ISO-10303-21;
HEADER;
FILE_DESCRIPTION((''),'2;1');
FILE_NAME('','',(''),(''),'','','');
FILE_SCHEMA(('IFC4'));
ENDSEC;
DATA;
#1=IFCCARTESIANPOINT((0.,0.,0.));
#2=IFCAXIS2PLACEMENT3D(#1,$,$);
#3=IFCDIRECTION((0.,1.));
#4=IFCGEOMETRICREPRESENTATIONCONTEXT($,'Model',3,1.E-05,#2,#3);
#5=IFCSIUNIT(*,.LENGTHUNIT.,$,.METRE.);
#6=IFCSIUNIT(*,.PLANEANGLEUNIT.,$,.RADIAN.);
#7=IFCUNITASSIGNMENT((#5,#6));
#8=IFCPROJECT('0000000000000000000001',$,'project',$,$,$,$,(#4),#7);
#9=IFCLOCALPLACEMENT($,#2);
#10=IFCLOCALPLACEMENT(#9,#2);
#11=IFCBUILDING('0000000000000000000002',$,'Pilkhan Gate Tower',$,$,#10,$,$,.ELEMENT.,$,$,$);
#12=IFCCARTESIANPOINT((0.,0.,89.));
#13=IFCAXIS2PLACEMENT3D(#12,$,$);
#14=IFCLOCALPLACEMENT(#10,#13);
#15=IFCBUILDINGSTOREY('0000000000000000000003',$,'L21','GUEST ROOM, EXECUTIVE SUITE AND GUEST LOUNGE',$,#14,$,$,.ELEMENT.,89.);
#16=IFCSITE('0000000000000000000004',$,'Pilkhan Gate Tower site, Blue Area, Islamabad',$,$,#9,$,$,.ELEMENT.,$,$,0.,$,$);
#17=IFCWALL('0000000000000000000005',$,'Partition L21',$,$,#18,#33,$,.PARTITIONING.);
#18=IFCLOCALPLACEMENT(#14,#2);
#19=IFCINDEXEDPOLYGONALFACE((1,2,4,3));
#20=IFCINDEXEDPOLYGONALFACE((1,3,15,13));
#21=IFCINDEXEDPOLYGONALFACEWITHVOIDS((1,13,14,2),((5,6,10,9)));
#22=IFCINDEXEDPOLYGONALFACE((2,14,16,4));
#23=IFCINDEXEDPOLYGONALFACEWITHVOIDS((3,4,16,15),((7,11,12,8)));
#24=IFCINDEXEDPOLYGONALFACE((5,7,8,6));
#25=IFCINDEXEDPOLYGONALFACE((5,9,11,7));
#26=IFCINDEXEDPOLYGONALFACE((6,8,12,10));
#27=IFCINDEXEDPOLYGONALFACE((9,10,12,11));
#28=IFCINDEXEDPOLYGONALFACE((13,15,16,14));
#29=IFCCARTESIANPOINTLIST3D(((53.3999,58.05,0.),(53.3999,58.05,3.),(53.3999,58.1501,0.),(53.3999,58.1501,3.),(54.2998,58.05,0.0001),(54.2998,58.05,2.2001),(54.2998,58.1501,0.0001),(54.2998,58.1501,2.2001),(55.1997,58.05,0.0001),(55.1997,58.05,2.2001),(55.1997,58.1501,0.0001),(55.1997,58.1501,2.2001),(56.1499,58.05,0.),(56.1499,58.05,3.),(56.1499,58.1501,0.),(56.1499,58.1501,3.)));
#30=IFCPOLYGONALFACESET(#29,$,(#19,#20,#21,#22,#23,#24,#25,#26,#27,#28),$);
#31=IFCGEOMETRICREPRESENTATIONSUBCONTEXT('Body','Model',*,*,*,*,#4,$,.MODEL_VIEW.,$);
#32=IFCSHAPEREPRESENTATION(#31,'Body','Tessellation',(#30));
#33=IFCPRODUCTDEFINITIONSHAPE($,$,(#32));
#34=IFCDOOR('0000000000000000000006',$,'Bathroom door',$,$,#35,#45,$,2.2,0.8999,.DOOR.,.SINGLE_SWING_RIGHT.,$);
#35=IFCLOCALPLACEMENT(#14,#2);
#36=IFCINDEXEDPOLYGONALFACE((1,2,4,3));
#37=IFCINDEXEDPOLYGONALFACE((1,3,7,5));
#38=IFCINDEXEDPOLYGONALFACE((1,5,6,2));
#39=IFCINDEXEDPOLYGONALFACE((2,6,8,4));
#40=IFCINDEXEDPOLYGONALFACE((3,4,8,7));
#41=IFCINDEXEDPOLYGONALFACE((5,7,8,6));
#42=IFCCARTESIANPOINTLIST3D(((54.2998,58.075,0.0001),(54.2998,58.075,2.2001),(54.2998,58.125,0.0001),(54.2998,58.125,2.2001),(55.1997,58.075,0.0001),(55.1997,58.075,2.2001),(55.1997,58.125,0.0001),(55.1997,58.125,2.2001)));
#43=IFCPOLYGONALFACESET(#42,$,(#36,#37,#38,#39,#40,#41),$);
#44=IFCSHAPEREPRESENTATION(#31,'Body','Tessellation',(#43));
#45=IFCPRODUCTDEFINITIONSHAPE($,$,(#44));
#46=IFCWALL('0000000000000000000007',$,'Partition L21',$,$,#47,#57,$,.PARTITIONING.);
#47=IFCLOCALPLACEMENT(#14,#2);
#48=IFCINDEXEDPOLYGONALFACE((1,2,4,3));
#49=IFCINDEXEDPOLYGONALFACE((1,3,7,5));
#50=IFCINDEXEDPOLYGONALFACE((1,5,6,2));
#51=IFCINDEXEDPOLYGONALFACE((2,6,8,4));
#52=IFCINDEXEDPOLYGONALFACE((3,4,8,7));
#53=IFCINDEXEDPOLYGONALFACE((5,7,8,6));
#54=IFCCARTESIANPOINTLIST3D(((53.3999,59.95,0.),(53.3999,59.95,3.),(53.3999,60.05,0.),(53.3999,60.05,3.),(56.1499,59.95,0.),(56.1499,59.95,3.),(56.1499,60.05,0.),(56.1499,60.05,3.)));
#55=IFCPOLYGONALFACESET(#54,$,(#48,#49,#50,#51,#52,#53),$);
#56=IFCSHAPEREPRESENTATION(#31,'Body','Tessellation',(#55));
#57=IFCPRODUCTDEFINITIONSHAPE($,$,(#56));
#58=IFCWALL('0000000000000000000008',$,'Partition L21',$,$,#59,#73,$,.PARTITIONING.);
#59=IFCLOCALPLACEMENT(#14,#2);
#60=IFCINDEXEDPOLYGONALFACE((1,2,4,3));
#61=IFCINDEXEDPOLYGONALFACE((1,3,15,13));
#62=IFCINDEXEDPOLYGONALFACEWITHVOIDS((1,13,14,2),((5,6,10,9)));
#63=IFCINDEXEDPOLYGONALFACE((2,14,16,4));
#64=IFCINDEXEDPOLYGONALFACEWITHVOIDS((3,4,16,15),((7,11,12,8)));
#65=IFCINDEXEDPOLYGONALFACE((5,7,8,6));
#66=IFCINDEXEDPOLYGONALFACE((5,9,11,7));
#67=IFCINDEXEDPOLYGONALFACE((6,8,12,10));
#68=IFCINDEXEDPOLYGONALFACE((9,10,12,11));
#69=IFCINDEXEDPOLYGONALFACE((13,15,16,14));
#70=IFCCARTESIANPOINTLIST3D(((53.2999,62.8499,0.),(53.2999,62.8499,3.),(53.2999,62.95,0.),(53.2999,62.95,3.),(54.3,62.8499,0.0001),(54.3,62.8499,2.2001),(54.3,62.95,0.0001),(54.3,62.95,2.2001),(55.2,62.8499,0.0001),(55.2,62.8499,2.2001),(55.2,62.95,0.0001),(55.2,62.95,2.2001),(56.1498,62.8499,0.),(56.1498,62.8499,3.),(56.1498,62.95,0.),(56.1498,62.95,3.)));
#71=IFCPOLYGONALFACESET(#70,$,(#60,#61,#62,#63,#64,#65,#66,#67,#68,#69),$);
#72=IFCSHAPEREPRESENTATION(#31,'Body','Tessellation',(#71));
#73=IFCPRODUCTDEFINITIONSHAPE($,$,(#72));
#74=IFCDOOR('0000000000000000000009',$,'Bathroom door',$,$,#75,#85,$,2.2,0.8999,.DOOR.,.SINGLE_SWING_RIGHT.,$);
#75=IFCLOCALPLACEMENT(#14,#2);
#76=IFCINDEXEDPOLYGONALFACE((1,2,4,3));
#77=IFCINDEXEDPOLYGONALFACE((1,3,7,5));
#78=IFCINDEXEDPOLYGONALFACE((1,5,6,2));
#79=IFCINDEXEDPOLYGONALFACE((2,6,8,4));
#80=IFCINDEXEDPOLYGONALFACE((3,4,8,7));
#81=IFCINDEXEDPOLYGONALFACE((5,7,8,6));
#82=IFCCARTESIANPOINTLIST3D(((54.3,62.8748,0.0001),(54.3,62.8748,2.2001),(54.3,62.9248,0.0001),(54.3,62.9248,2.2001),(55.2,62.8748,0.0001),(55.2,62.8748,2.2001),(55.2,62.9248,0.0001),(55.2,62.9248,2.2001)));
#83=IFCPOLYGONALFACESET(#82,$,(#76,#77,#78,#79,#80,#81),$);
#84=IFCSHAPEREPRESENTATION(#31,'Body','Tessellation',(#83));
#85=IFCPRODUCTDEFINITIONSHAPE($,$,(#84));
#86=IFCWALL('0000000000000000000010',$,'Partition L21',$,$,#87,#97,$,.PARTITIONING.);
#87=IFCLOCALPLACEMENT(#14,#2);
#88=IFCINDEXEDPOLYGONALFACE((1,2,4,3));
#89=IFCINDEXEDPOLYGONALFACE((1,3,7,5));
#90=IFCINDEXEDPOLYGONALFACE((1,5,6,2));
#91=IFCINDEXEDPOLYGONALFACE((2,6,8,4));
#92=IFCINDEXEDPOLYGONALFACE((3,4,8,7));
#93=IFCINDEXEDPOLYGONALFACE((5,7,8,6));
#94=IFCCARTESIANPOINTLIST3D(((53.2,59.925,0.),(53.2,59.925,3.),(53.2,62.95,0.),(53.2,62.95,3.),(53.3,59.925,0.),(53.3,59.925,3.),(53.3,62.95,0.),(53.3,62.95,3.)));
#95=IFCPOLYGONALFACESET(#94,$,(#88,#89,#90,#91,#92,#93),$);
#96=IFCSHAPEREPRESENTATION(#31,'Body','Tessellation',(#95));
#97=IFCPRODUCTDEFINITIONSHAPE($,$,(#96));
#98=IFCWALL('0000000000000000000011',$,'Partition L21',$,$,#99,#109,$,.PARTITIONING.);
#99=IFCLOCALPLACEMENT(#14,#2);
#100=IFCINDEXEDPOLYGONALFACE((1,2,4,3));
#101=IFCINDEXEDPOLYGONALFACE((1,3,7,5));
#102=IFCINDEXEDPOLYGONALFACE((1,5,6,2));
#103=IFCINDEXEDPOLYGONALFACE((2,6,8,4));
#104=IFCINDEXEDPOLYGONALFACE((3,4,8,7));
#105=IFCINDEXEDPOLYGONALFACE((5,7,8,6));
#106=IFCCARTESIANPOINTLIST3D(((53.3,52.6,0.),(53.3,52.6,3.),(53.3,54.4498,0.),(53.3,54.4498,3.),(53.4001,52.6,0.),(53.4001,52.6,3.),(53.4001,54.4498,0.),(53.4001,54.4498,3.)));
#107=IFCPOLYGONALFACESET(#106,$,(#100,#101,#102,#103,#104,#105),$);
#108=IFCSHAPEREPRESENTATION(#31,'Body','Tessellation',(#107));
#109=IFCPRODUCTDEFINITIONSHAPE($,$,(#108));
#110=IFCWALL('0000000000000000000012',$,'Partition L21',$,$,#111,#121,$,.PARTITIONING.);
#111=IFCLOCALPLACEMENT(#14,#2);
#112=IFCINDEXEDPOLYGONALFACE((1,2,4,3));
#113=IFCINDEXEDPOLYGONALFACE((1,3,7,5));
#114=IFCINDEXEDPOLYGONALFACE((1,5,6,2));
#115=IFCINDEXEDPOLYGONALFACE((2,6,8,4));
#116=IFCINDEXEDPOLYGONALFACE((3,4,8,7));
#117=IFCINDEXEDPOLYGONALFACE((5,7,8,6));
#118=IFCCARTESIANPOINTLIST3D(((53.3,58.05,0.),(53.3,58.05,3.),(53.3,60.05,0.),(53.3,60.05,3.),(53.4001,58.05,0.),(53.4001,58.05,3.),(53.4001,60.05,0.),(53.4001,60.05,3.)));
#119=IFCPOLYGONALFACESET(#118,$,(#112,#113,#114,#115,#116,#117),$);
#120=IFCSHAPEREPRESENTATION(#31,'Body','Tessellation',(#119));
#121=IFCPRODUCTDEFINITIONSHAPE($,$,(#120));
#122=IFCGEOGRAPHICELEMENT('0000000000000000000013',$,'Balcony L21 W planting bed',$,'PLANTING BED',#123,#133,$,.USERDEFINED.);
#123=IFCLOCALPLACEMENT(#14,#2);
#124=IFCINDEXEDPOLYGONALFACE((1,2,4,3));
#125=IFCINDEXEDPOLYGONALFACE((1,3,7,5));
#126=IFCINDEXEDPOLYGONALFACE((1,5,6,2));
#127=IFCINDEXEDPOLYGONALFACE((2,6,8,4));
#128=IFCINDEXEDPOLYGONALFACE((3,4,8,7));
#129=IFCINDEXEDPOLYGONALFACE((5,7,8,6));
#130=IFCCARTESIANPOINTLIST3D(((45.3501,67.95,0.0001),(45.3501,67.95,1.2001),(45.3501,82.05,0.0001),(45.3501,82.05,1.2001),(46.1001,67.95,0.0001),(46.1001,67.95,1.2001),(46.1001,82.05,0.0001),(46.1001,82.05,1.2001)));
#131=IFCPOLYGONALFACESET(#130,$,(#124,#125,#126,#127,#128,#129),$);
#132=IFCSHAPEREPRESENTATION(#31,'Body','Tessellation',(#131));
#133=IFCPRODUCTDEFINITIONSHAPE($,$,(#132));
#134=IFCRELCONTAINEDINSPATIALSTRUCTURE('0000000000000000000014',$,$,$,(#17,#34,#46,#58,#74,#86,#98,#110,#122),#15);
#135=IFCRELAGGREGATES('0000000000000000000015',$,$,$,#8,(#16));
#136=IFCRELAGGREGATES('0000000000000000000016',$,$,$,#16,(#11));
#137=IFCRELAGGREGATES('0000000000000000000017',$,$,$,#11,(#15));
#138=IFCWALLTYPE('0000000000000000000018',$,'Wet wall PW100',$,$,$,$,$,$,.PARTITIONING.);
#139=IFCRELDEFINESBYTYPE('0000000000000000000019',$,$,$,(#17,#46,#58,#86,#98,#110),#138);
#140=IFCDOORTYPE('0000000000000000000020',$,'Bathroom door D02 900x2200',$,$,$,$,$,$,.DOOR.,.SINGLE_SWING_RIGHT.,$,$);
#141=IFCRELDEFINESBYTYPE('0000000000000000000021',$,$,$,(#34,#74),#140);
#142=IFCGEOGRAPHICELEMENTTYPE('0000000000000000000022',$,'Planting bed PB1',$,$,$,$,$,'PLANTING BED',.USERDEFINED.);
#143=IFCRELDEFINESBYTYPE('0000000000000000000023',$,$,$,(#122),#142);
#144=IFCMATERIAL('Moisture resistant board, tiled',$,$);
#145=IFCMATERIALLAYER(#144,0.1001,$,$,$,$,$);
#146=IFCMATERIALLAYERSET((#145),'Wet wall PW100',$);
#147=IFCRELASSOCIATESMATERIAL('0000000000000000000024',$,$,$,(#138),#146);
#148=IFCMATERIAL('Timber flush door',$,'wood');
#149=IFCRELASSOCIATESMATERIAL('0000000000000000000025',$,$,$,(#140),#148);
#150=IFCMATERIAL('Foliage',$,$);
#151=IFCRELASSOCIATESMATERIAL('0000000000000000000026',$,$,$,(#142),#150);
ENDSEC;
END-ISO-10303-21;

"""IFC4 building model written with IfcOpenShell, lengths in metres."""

from ifc_helpers import new_model, si_unit, direction, frame, frame_2d, origin, origin_2d, place, context, subcontext, project, spatial, rectangle, extrude, material, layer, layer_set, material_profile, profile_set, type_object, element, fill, save


model = new_model("IFC4")

# Units and contexts
model_context = context("Model", 3, precision=1e-05, world=origin(), true_north=direction((0.0, 1.0)))
body_context = subcontext(model_context, "Body", "Model", "MODEL_VIEW")
ifc_project = project(units=[si_unit("LENGTHUNIT", "METRE"), si_unit("PLANEANGLEUNIT", "RADIAN")], contexts=[model_context])

# Site, building, storey
site_placement = place(None, origin())
site = spatial("IfcSite", under=ifc_project, at=site_placement, Name="Pilkhan Gate Tower site, Blue Area, Islamabad", CompositionType="ELEMENT", RefElevation=0.0)
building_placement = place(site_placement, origin())
building = spatial("IfcBuilding", under=site, at=building_placement, Name="Pilkhan Gate Tower", CompositionType="ELEMENT")
storey_placement = place(building_placement, frame((0.0, 0.0, 89.0)))
storey = spatial("IfcBuildingStorey", under=building, at=storey_placement, Name="L21", Description="GUEST ROOM, EXECUTIVE SUITE AND GUEST LOUNGE", CompositionType="ELEMENT", Elevation=89.0)

# Wall, opening, door
ifc_material_1 = material(Name="Moisture resistant board, tiled")
ifc_layer_1 = layer(ifc_material_1, 0.1001)
ifc_layer_set_1 = layer_set([ifc_layer_1], Name="Wet wall PW100")
wall_type_1 = type_object("IfcWallType", Name="Wet wall PW100", PredefinedType="PARTITIONING", material=ifc_layer_set_1)
ifc_material_2 = material(Name="Timber flush door", Category="wood")
door_type = type_object("IfcDoorType", Name="Bathroom door D02 900x2200", OperationType="SINGLE_SWING_RIGHT", PredefinedType="DOOR", material=ifc_material_2)
wall_1_placement = place(storey_placement, frame((53.3999, 58.1001, 0.0), z_axis=(0.0, 0.0, 1.0), x_axis=(1.0, 0.0, 0.0)))
wall_1 = element("IfcWall", 1, at=wall_1_placement, inside=storey, type_object=wall_type_1, Name="Partition L21", PredefinedType="PARTITIONING", context=body_context, shape_type="SweptSolid", body=[
    extrude(rectangle(XDim=2.75, YDim=0.1001, at=frame_2d((1.375, 0.0))), origin(), (0.0, 0.0, 1.0), 3.0),
])
opening_1_placement = place(wall_1_placement, frame((0.8999, 0.0, 0.0)))
opening_1 = element("IfcOpeningElement", 2, at=opening_1_placement, cuts=wall_1, PredefinedType="OPENING", context=body_context, shape_type="SweptSolid", body=[
    extrude(rectangle(XDim=0.8999, YDim=2.2, at=frame_2d((0.45, 1.1001))), frame((0.0, 0.0601, 0.0), z_axis=(0.0, -1.0, 0.0), x_axis=(1.0, 0.0, 0.0)), (0.0, 0.0, 1.0), 0.1201),
])
door_1_placement = place(opening_1_placement, origin())
door_1 = element("IfcDoor", 3, at=door_1_placement, inside=storey, type_object=door_type, Name="Bathroom door", OperationType="SINGLE_SWING_RIGHT", OverallHeight=2.2, OverallWidth=0.8999, PredefinedType="DOOR", context=body_context, shape_type="SweptSolid", body=[
    extrude(rectangle(XDim=0.8999, YDim=2.2, at=frame_2d((0.45, 1.1001))), frame((0.0, 0.0249, 0.0), z_axis=(0.0, -1.0, 0.0), x_axis=(1.0, 0.0, 0.0)), (0.0, 0.0, 1.0), 0.05),
])
fill(opening_1, door_1)

# Wall
wall_2_placement = place(storey_placement, frame((53.3999, 60.0, 0.0), z_axis=(0.0, 0.0, 1.0), x_axis=(1.0, 0.0, 0.0)))
element("IfcWall", 4, at=wall_2_placement, inside=storey, type_object=wall_type_1, Name="Partition L21", PredefinedType="PARTITIONING", context=body_context, shape_type="SweptSolid", body=[
    extrude(rectangle(XDim=2.75, YDim=0.1001, at=frame_2d((1.375, 0.0))), origin(), (0.0, 0.0, 1.0), 3.0),
])

# Wall, opening, door
wall_3_placement = place(storey_placement, frame((53.3, 62.8999, 0.0), z_axis=(0.0, 0.0, 1.0), x_axis=(1.0, 0.0, 0.0)))
wall_3 = element("IfcWall", 5, at=wall_3_placement, inside=storey, type_object=wall_type_1, Name="Partition L21", PredefinedType="PARTITIONING", context=body_context, shape_type="SweptSolid", body=[
    extrude(rectangle(XDim=2.8499, YDim=0.1001, at=frame_2d((1.4248, 0.0))), origin(), (0.0, 0.0, 1.0), 3.0),
])
opening_2_placement = place(wall_3_placement, frame((1.0, 0.0, 0.0)))
opening_2 = element("IfcOpeningElement", 6, at=opening_2_placement, cuts=wall_3, PredefinedType="OPENING", context=body_context, shape_type="SweptSolid", body=[
    extrude(rectangle(XDim=0.8999, YDim=2.2, at=frame_2d((0.45, 1.1001))), frame((0.0, 0.0601, 0.0), z_axis=(0.0, -1.0, 0.0), x_axis=(1.0, 0.0, 0.0)), (0.0, 0.0, 1.0), 0.1201),
])
door_2_placement = place(opening_2_placement, origin())
door_2 = element("IfcDoor", 7, at=door_2_placement, inside=storey, type_object=door_type, Name="Bathroom door", OperationType="SINGLE_SWING_RIGHT", OverallHeight=2.2, OverallWidth=0.8999, PredefinedType="DOOR", context=body_context, shape_type="SweptSolid", body=[
    extrude(rectangle(XDim=0.8999, YDim=2.2, at=frame_2d((0.45, 1.1001))), frame((0.0, 0.0249, 0.0), z_axis=(0.0, -1.0, 0.0), x_axis=(1.0, 0.0, 0.0)), (0.0, 0.0, 1.0), 0.05),
])
fill(opening_2, door_2)

# Walls
wall_4_placement = place(storey_placement, frame((53.25, 59.925, 0.0), z_axis=(0.0, 0.0, 1.0), x_axis=(0.0, 1.0, 0.0)))
element("IfcWall", 8, at=wall_4_placement, inside=storey, type_object=wall_type_1, Name="Partition L21", PredefinedType="PARTITIONING", context=body_context, shape_type="SweptSolid", body=[
    extrude(rectangle(XDim=3.0249, YDim=0.1001, at=frame_2d((1.5125, 0.0))), origin(), (0.0, 0.0, 1.0), 3.0),
])
wall_5_placement = place(storey_placement, frame((53.3501, 52.6001, 0.0), z_axis=(0.0, 0.0, 1.0), x_axis=(0.0, 1.0, 0.0)))
element("IfcWall", 9, at=wall_5_placement, inside=storey, type_object=wall_type_1, Name="Partition L21", PredefinedType="PARTITIONING", context=body_context, shape_type="SweptSolid", body=[
    extrude(rectangle(XDim=1.8499, YDim=0.1001, at=frame_2d((0.9248, 0.0))), origin(), (0.0, 0.0, 1.0), 3.0),
])
wall_6_placement = place(storey_placement, frame((53.3501, 58.05, 0.0), z_axis=(0.0, 0.0, 1.0), x_axis=(0.0, 1.0, 0.0)))
element("IfcWall", 10, at=wall_6_placement, inside=storey, type_object=wall_type_1, Name="Partition L21", PredefinedType="PARTITIONING", context=body_context, shape_type="SweptSolid", body=[
    extrude(rectangle(XDim=2.0, YDim=0.1001, at=frame_2d((1.0, 0.0))), origin(), (0.0, 0.0, 1.0), 3.0),
])

# Geographic element
ifc_material_3 = material(Name="Foliage")
ifc_material_profile_1 = material_profile(ifc_material_3, rectangle(XDim=0.75, YDim=1.2, at=origin_2d()), Name="Bed 750x1200")
ifc_profile_set_1 = profile_set([ifc_material_profile_1], Name="Foliage")
geographic_element_type = type_object("IfcGeographicElementType", Name="Planting bed PB1", ElementType="PLANTING BED", PredefinedType="USERDEFINED", material=ifc_profile_set_1)
geographic_element_placement = place(storey_placement, frame((45.7251, 67.95, 0.6001), z_axis=(0.0, 1.0, 0.0), x_axis=(-1.0, 0.0, 0.0)))
element("IfcGeographicElement", 11, at=geographic_element_placement, inside=storey, type_object=geographic_element_type, Name="Balcony L21 W planting bed", ObjectType="PLANTING BED", PredefinedType="USERDEFINED", context=body_context, shape_type="SweptSolid", body=[
    extrude(rectangle(XDim=0.75, YDim=1.2, at=origin_2d()), origin(), (0.0, 0.0, 1.0), 14.1001),
])

save(model, "model.ifc")
